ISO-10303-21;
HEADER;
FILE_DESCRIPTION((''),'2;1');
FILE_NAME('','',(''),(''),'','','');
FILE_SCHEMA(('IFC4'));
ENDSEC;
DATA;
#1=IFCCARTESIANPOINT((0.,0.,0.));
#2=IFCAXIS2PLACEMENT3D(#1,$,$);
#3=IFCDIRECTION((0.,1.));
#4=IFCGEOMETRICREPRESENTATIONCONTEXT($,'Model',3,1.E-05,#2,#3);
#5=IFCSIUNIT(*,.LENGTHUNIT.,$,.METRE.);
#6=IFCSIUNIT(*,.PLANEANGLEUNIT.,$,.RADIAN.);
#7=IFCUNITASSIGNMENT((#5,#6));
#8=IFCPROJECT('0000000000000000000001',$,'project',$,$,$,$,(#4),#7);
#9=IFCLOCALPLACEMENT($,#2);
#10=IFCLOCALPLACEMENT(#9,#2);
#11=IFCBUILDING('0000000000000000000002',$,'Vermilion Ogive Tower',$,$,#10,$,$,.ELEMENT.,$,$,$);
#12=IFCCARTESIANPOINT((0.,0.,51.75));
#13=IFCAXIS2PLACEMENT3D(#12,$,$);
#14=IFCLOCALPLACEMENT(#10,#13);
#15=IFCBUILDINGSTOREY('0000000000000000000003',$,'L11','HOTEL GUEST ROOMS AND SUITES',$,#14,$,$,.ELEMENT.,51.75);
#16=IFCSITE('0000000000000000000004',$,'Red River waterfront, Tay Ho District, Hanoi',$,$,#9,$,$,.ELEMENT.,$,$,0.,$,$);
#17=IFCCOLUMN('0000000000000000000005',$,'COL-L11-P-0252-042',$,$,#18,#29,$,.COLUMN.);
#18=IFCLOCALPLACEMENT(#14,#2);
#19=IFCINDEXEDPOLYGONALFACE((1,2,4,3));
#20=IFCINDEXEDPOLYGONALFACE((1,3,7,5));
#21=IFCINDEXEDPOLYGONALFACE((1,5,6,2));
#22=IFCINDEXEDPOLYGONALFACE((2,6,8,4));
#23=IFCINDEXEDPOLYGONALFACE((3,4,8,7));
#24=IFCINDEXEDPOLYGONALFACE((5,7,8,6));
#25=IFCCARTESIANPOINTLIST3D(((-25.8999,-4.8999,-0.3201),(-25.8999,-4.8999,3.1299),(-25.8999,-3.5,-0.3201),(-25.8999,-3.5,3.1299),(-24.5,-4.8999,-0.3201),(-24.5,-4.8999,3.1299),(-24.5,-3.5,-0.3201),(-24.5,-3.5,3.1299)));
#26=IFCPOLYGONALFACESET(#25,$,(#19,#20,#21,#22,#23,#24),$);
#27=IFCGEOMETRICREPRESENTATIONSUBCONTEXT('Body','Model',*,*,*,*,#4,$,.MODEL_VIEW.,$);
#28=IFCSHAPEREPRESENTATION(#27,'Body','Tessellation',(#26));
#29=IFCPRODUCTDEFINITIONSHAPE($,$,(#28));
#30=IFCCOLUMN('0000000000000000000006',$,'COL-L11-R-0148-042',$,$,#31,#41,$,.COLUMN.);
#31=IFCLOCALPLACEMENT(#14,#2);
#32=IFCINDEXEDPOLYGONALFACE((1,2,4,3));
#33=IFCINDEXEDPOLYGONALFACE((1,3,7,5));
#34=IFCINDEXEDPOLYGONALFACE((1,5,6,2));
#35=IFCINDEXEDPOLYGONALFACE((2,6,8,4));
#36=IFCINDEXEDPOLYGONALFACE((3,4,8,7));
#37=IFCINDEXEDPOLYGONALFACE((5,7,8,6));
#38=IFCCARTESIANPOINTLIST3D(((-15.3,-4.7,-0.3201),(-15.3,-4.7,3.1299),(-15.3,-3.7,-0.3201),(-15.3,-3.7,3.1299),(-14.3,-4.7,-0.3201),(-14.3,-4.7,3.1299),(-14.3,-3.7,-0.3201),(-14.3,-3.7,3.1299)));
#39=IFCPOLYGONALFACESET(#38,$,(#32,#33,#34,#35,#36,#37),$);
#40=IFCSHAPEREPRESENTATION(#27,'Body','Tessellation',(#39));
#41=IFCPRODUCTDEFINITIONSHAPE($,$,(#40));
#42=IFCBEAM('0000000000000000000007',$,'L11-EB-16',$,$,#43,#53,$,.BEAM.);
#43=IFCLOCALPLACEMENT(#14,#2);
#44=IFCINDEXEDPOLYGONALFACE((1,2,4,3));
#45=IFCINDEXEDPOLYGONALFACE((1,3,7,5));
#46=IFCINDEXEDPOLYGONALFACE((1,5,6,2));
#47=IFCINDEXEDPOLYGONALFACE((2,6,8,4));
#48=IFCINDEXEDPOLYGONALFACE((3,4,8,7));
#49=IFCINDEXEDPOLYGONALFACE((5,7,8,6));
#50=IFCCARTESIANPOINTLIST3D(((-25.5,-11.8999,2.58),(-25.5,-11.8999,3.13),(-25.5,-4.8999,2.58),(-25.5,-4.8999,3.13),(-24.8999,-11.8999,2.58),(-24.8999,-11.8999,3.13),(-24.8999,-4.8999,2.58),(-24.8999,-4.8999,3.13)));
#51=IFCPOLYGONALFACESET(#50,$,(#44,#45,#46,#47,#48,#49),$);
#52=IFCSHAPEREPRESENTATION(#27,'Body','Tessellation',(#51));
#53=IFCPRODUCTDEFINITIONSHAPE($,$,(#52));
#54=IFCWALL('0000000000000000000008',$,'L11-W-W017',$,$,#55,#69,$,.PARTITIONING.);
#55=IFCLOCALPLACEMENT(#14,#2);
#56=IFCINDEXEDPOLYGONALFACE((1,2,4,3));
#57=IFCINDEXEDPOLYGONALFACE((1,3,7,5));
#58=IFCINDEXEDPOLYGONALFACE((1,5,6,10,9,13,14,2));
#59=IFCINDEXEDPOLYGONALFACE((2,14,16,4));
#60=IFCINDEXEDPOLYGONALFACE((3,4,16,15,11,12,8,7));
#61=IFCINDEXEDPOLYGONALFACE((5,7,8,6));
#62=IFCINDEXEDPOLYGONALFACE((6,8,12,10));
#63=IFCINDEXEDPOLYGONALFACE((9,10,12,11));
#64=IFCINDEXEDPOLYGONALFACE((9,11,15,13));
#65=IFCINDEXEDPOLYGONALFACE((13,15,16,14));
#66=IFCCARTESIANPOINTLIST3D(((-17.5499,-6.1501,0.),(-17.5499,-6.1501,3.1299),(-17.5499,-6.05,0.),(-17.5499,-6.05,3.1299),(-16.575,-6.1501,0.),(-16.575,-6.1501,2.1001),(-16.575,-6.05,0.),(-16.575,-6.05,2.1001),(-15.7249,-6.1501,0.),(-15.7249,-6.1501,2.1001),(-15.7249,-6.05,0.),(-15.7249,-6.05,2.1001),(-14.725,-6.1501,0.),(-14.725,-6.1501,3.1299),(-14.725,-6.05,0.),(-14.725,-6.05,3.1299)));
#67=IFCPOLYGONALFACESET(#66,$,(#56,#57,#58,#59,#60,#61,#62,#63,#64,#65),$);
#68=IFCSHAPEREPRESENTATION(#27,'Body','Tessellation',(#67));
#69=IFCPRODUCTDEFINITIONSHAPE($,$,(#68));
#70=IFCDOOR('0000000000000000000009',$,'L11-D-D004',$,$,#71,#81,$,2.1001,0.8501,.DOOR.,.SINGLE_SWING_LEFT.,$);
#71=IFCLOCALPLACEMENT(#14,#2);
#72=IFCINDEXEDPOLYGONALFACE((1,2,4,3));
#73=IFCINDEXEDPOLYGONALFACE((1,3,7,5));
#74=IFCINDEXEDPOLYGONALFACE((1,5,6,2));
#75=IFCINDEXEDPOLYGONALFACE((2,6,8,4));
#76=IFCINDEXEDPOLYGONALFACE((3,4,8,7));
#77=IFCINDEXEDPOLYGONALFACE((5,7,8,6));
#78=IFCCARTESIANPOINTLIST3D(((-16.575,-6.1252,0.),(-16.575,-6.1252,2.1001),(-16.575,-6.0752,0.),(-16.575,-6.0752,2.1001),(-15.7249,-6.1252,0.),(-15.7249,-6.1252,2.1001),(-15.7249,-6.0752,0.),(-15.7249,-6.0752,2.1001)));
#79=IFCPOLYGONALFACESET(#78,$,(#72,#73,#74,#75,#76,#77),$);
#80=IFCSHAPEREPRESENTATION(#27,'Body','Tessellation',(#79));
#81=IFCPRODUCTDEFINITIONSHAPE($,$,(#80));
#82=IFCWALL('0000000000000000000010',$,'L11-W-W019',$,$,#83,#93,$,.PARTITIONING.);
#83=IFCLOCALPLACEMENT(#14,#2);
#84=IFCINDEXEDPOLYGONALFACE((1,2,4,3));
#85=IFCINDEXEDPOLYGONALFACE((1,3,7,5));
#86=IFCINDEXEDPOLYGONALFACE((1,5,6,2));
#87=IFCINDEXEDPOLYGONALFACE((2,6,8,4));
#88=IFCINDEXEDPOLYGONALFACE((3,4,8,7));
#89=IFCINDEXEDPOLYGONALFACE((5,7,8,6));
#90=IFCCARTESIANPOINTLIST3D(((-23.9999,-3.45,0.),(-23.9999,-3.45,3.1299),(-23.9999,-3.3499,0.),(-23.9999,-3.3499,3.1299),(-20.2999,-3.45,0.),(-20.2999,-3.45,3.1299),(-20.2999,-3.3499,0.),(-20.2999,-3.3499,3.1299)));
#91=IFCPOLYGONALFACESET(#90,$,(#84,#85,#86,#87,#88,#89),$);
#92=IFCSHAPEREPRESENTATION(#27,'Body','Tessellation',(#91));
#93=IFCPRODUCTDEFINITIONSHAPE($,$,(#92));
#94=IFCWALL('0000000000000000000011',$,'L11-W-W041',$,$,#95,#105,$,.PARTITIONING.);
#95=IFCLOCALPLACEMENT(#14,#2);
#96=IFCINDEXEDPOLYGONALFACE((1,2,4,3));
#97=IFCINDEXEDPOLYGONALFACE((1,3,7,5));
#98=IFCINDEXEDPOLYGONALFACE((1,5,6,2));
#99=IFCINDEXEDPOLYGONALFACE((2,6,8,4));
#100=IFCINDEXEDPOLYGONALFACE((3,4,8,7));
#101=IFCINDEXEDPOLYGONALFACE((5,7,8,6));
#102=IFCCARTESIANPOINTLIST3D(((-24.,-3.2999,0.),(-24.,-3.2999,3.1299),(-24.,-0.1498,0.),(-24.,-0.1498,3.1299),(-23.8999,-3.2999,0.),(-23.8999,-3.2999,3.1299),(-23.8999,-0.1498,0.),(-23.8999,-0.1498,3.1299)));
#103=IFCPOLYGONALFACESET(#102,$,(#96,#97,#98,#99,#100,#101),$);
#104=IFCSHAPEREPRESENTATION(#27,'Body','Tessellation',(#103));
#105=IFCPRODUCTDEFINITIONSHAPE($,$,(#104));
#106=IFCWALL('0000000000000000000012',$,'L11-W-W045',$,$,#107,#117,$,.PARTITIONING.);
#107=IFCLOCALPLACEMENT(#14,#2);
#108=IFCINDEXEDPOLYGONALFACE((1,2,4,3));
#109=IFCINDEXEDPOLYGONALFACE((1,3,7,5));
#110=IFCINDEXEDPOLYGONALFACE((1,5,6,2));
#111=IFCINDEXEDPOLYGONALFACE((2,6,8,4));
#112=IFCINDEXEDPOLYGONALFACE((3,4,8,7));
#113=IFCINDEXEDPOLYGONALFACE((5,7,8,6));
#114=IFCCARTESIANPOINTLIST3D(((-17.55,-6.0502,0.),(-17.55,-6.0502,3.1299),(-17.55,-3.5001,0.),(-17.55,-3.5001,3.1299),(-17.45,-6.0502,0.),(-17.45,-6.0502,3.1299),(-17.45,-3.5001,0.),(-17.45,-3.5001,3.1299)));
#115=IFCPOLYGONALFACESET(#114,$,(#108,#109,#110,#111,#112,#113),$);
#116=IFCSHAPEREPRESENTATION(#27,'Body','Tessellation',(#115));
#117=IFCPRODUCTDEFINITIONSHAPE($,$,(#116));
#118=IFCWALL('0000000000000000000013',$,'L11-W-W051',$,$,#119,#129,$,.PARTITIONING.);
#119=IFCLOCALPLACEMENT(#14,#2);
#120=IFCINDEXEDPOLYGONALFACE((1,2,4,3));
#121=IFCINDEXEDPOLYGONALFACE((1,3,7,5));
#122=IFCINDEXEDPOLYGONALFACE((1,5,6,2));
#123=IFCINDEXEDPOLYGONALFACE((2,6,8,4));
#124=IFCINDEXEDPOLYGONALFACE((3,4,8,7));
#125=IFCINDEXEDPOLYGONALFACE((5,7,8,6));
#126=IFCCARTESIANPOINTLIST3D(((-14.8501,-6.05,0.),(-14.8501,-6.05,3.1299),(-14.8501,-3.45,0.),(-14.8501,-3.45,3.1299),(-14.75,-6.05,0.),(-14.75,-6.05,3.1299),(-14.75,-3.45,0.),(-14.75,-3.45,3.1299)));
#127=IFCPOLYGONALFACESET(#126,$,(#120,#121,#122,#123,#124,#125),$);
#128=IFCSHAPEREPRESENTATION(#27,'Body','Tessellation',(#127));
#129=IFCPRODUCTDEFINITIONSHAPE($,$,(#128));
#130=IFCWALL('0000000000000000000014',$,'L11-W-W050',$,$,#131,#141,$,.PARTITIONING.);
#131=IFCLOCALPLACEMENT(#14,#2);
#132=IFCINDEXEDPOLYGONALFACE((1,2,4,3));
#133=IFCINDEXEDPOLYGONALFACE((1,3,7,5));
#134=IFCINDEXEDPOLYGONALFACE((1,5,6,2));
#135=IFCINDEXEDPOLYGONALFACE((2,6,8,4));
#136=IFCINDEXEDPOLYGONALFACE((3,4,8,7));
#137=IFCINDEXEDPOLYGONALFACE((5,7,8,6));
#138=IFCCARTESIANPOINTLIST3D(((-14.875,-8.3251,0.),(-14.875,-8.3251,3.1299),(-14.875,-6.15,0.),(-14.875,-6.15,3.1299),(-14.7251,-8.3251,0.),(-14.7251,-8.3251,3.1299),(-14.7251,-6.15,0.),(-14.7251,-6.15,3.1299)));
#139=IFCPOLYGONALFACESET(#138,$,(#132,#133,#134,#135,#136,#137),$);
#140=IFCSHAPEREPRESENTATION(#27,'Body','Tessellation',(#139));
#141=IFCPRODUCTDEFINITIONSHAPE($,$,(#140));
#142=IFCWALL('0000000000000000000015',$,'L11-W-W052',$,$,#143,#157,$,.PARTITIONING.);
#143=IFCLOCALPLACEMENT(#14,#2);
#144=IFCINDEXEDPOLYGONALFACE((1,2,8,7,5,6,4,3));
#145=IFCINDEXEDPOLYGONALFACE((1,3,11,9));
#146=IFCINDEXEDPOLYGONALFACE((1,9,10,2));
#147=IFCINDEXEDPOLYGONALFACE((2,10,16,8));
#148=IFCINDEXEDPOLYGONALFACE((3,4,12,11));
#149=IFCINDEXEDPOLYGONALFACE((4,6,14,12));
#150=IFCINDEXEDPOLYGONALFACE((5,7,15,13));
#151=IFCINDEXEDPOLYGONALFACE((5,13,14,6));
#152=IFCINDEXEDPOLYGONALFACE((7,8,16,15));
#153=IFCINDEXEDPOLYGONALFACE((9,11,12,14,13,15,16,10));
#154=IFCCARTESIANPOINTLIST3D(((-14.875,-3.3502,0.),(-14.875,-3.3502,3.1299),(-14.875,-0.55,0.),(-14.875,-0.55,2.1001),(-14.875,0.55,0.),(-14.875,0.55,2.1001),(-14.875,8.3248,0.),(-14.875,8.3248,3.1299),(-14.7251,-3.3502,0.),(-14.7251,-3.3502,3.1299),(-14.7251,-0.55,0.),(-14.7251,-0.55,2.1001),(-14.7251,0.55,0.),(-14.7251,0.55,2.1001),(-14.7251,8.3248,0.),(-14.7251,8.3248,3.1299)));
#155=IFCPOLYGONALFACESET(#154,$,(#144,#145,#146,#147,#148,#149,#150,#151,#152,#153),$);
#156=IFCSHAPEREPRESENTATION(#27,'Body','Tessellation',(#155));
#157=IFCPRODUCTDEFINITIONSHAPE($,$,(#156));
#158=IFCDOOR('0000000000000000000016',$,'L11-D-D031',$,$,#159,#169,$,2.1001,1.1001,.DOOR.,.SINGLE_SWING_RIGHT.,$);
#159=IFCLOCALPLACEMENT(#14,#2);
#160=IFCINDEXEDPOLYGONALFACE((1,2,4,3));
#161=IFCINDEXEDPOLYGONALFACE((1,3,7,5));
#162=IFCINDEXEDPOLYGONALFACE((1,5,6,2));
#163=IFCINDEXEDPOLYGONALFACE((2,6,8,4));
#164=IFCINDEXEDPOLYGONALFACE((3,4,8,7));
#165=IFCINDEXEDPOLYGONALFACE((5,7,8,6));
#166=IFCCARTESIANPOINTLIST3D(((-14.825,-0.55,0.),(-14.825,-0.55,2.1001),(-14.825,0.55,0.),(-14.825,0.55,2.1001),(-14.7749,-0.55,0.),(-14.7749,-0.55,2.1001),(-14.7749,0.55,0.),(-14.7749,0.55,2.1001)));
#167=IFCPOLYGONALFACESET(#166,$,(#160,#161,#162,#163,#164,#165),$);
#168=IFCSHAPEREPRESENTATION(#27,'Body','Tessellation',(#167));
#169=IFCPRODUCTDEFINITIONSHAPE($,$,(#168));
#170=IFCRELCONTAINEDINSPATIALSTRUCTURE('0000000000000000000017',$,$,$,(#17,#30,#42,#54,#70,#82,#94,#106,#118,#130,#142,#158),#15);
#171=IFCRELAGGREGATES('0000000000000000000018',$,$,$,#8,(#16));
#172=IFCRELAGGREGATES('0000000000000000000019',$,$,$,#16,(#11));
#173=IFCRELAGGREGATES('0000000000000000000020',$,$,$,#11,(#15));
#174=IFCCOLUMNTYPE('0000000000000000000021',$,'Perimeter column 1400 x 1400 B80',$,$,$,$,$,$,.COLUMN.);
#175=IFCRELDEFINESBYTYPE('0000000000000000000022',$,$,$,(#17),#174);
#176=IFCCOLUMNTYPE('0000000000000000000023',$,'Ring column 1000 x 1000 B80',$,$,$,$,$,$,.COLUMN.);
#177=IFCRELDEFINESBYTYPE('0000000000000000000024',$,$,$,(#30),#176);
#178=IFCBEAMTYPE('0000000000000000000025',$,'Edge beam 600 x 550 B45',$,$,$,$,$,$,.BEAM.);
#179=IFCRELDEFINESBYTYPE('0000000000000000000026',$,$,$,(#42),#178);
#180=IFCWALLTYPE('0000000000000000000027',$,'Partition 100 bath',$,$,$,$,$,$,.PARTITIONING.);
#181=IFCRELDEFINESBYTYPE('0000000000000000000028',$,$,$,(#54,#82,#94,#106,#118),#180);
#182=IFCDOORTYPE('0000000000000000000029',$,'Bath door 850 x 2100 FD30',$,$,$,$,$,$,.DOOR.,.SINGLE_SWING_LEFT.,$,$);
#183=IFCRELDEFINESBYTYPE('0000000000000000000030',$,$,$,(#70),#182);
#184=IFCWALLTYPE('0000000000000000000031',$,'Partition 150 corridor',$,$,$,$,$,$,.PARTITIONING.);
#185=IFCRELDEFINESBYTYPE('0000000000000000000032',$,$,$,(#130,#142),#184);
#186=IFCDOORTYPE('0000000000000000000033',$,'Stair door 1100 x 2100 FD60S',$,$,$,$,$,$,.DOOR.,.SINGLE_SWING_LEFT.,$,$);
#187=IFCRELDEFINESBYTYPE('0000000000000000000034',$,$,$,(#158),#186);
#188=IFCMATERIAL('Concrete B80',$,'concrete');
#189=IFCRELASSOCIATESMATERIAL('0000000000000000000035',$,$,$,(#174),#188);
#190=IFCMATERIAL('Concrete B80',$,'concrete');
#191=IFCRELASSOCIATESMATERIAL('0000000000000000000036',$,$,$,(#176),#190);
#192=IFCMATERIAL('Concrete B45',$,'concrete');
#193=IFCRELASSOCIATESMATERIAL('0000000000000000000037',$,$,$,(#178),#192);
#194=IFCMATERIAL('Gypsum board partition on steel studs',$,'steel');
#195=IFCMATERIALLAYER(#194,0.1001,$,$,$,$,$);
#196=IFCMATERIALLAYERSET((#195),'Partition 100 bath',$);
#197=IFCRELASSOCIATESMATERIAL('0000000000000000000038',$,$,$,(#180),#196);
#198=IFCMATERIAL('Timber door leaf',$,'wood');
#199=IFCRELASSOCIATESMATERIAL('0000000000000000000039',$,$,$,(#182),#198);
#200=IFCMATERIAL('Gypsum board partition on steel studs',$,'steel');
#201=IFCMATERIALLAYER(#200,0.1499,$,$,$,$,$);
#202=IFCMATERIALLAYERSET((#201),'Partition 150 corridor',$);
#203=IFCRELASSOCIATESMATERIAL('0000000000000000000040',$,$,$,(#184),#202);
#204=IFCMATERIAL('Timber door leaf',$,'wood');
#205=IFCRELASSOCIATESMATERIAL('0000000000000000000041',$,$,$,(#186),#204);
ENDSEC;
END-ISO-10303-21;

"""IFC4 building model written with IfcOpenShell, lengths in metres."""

from ifc_helpers import new_model, si_unit, direction, frame, frame_2d, origin, origin_2d, place, context, subcontext, project, spatial, rectangle, extrude, material, layer, layer_set, material_profile, profile_set, type_object, element, fill, save


model = new_model("IFC4")

# Units and contexts
model_context = context("Model", 3, precision=1e-05, world=origin(), true_north=direction((0.0, 1.0)))
body_context = subcontext(model_context, "Body", "Model", "MODEL_VIEW")
ifc_project = project(units=[si_unit("LENGTHUNIT", "METRE"), si_unit("PLANEANGLEUNIT", "RADIAN")], contexts=[model_context])

# Site, building, storey
site_placement = place(None, origin())
site = spatial("IfcSite", under=ifc_project, at=site_placement, Name="Red River waterfront, Tay Ho District, Hanoi", CompositionType="ELEMENT", RefElevation=0.0)
building_placement = place(site_placement, origin())
building = spatial("IfcBuilding", under=site, at=building_placement, Name="Vermilion Ogive Tower", CompositionType="ELEMENT")
storey_placement = place(building_placement, frame((0.0, 0.0, 51.75)))
storey = spatial("IfcBuildingStorey", under=building, at=storey_placement, Name="L11", Description="HOTEL GUEST ROOMS AND SUITES", CompositionType="ELEMENT", Elevation=51.75)

# Columns
ifc_material_1 = material(Name="Concrete B80", Category="concrete")
ifc_material_profile_1 = material_profile(ifc_material_1, rectangle(XDim=1.3999, YDim=1.3999, at=origin_2d()), Name="1400 x 1400")
ifc_profile_set_1 = profile_set([ifc_material_profile_1], Name="Concrete B80")
column_type_1 = type_object("IfcColumnType", Name="Perimeter column 1400 x 1400 B80", PredefinedType="COLUMN", material=ifc_profile_set_1)
column_1_placement = place(storey_placement, frame((-25.2, -4.2, -0.3201), z_axis=(0.0, 0.0, 1.0), x_axis=(1.0, 0.0, 0.0)))
element("IfcColumn", 1, at=column_1_placement, inside=storey, type_object=column_type_1, Name="COL-L11-P-0252-042", PredefinedType="COLUMN", context=body_context, shape_type="SweptSolid", body=[
    extrude(rectangle(XDim=1.3999, YDim=1.3999, at=origin_2d()), origin(), (0.0, 0.0, 1.0), 3.45),
])
ifc_material_2 = material(Name="Concrete B80", Category="concrete")
ifc_material_profile_2 = material_profile(ifc_material_2, rectangle(XDim=1.0, YDim=1.0, at=origin_2d()), Name="1000 x 1000")
ifc_profile_set_2 = profile_set([ifc_material_profile_2], Name="Concrete B80")
column_type_2 = type_object("IfcColumnType", Name="Ring column 1000 x 1000 B80", PredefinedType="COLUMN", material=ifc_profile_set_2)
column_2_placement = place(storey_placement, frame((-14.8, -4.2, -0.3201), z_axis=(0.0, 0.0, 1.0), x_axis=(1.0, 0.0, 0.0)))
element("IfcColumn", 2, at=column_2_placement, inside=storey, type_object=column_type_2, Name="COL-L11-R-0148-042", PredefinedType="COLUMN", context=body_context, shape_type="SweptSolid", body=[
    extrude(rectangle(XDim=1.0, YDim=1.0, at=origin_2d()), origin(), (0.0, 0.0, 1.0), 3.45),
])

# Beam
ifc_material_3 = material(Name="Concrete B45", Category="concrete")
ifc_material_profile_3 = material_profile(ifc_material_3, rectangle(XDim=0.6001, YDim=0.55, at=origin_2d()), Name="600 x 550")
ifc_profile_set_3 = profile_set([ifc_material_profile_3], Name="Concrete B45")
beam_type = type_object("IfcBeamType", Name="Edge beam 600 x 550 B45", PredefinedType="BEAM", material=ifc_profile_set_3)
beam_placement = place(storey_placement, frame((-25.2, -4.8999, 2.855), z_axis=(0.0, -1.0, 0.0), x_axis=(1.0, 0.0, 0.0)))
element("IfcBeam", 3, at=beam_placement, inside=storey, type_object=beam_type, Name="L11-EB-16", PredefinedType="BEAM", context=body_context, shape_type="SweptSolid", body=[
    extrude(rectangle(XDim=0.6001, YDim=0.55, at=origin_2d()), origin(), (0.0, 0.0, 1.0), 7.0),
])

# Wall, opening, door
ifc_material_4 = material(Name="Gypsum board partition on steel studs", Category="steel")
ifc_layer_1 = layer(ifc_material_4, 0.1001)
ifc_layer_set_1 = layer_set([ifc_layer_1], Name="Partition 100 bath")
wall_type_1 = type_object("IfcWallType", Name="Partition 100 bath", PredefinedType="PARTITIONING", material=ifc_layer_set_1)
wall_1_placement = place(storey_placement, frame((-17.55, -6.1001, 0.0), z_axis=(0.0, 0.0, 1.0), x_axis=(1.0, 0.0, 0.0)))
wall_1 = element("IfcWall", 4, at=wall_1_placement, inside=storey, type_object=wall_type_1, Name="L11-W-W017", PredefinedType="PARTITIONING", context=body_context, shape_type="SweptSolid", body=[
    extrude(rectangle(XDim=2.825, YDim=0.1001, at=frame_2d((1.4126, 0.0))), origin(), (0.0, 0.0, 1.0), 3.1299),
])
opening_1_placement = place(wall_1_placement, frame((0.9751, 0.0, 0.0)))
opening_1 = element("IfcOpeningElement", 5, at=opening_1_placement, cuts=wall_1, PredefinedType="OPENING", context=body_context, shape_type="SweptSolid", body=[
    extrude(rectangle(XDim=0.8501, YDim=2.1001, at=frame_2d((0.425, 1.05))), frame((0.0, 0.0601, 0.0), z_axis=(0.0, -1.0, 0.0), x_axis=(1.0, 0.0, 0.0)), (0.0, 0.0, 1.0), 0.1201),
])
ifc_material_5 = material(Name="Timber door leaf", Category="wood")
door_type_1 = type_object("IfcDoorType", Name="Bath door 850 x 2100 FD30", OperationType="SINGLE_SWING_LEFT", PredefinedType="DOOR", material=ifc_material_5)
door_1_placement = place(opening_1_placement, origin())
door_1 = element("IfcDoor", 6, at=door_1_placement, inside=storey, type_object=door_type_1, Name="L11-D-D004", OperationType="SINGLE_SWING_LEFT", OverallHeight=2.1001, OverallWidth=0.8501, PredefinedType="DOOR", context=body_context, shape_type="SweptSolid", body=[
    extrude(rectangle(XDim=0.8501, YDim=2.1001, at=frame_2d((0.425, 1.05))), frame((0.0, 0.0249, 0.0), z_axis=(0.0, -1.0, 0.0), x_axis=(1.0, 0.0, 0.0)), (0.0, 0.0, 1.0), 0.05),
])
fill(opening_1, door_1)

# Walls
wall_2_placement = place(storey_placement, frame((-24.0, -3.3999, 0.0), z_axis=(0.0, 0.0, 1.0), x_axis=(1.0, 0.0, 0.0)))
element("IfcWall", 7, at=wall_2_placement, inside=storey, type_object=wall_type_1, Name="L11-W-W019", PredefinedType="PARTITIONING", context=body_context, shape_type="SweptSolid", body=[
    extrude(rectangle(XDim=3.7, YDim=0.1001, at=frame_2d((1.8501, 0.0))), origin(), (0.0, 0.0, 1.0), 3.1299),
])
wall_3_placement = place(storey_placement, frame((-23.95, -3.3, 0.0), z_axis=(0.0, 0.0, 1.0), x_axis=(0.0, 1.0, 0.0)))
element("IfcWall", 8, at=wall_3_placement, inside=storey, type_object=wall_type_1, Name="L11-W-W041", PredefinedType="PARTITIONING", context=body_context, shape_type="SweptSolid", body=[
    extrude(rectangle(XDim=3.1501, YDim=0.1001, at=frame_2d((1.5752, 0.0))), origin(), (0.0, 0.0, 1.0), 3.1299),
])
wall_4_placement = place(storey_placement, frame((-17.5, -6.05, 0.0), z_axis=(0.0, 0.0, 1.0), x_axis=(0.0, 1.0, 0.0)))
element("IfcWall", 9, at=wall_4_placement, inside=storey, type_object=wall_type_1, Name="L11-W-W045", PredefinedType="PARTITIONING", context=body_context, shape_type="SweptSolid", body=[
    extrude(rectangle(XDim=2.55, YDim=0.1001, at=frame_2d((1.2749, 0.0))), origin(), (0.0, 0.0, 1.0), 3.1299),
])
wall_5_placement = place(storey_placement, frame((-14.8, -6.05, 0.0), z_axis=(0.0, 0.0, 1.0), x_axis=(0.0, 1.0, 0.0)))
element("IfcWall", 10, at=wall_5_placement, inside=storey, type_object=wall_type_1, Name="L11-W-W051", PredefinedType="PARTITIONING", context=body_context, shape_type="SweptSolid", body=[
    extrude(rectangle(XDim=2.6001, YDim=0.1001, at=frame_2d((1.3, 0.0))), origin(), (0.0, 0.0, 1.0), 3.1299),
])
ifc_material_6 = material(Name="Gypsum board partition on steel studs", Category="steel")
ifc_layer_2 = layer(ifc_material_6, 0.1499)
ifc_layer_set_2 = layer_set([ifc_layer_2], Name="Partition 150 corridor")
wall_type_2 = type_object("IfcWallType", Name="Partition 150 corridor", PredefinedType="PARTITIONING", material=ifc_layer_set_2)
wall_6_placement = place(storey_placement, frame((-14.8, -8.325, 0.0), z_axis=(0.0, 0.0, 1.0), x_axis=(0.0, 1.0, 0.0)))
element("IfcWall", 11, at=wall_6_placement, inside=storey, type_object=wall_type_2, Name="L11-W-W050", PredefinedType="PARTITIONING", context=body_context, shape_type="SweptSolid", body=[
    extrude(rectangle(XDim=2.175, YDim=0.1499, at=frame_2d((1.0874, 0.0))), origin(), (0.0, 0.0, 1.0), 3.1299),
])

# Wall, opening, door
wall_7_placement = place(storey_placement, frame((-14.8, -3.3501, 0.0), z_axis=(0.0, 0.0, 1.0), x_axis=(0.0, 1.0, 0.0)))
wall_7 = element("IfcWall", 12, at=wall_7_placement, inside=storey, type_object=wall_type_2, Name="L11-W-W052", PredefinedType="PARTITIONING", context=body_context, shape_type="SweptSolid", body=[
    extrude(rectangle(XDim=11.675, YDim=0.1499, at=frame_2d((5.8374, 0.0))), origin(), (0.0, 0.0, 1.0), 3.1299),
])
opening_2_placement = place(wall_7_placement, frame((2.8, 0.0, 0.0)))
opening_2 = element("IfcOpeningElement", 13, at=opening_2_placement, cuts=wall_7, PredefinedType="OPENING", context=body_context, shape_type="SweptSolid", body=[
    extrude(rectangle(XDim=1.1001, YDim=2.1001, at=frame_2d((0.55, 1.05))), frame((0.0, 0.085, 0.0), z_axis=(0.0, -1.0, 0.0), x_axis=(1.0, 0.0, 0.0)), (0.0, 0.0, 1.0), 0.1699),
])
ifc_material_7 = material(Name="Timber door leaf", Category="wood")
door_type_2 = type_object("IfcDoorType", Name="Stair door 1100 x 2100 FD60S", OperationType="SINGLE_SWING_LEFT", PredefinedType="DOOR", material=ifc_material_7)
door_2_placement = place(opening_2_placement, origin())
door_2 = element("IfcDoor", 14, at=door_2_placement, inside=storey, type_object=door_type_2, Name="L11-D-D031", OperationType="SINGLE_SWING_RIGHT", OverallHeight=2.1001, OverallWidth=1.1001, PredefinedType="DOOR", context=body_context, shape_type="SweptSolid", body=[
    extrude(rectangle(XDim=1.1001, YDim=2.1001, at=frame_2d((0.55, 1.05))), frame((0.0, 0.0249, 0.0), z_axis=(0.0, -1.0, 0.0), x_axis=(1.0, 0.0, 0.0)), (0.0, 0.0, 1.0), 0.05),
])
fill(opening_2, door_2)

save(model, "model.ifc")
